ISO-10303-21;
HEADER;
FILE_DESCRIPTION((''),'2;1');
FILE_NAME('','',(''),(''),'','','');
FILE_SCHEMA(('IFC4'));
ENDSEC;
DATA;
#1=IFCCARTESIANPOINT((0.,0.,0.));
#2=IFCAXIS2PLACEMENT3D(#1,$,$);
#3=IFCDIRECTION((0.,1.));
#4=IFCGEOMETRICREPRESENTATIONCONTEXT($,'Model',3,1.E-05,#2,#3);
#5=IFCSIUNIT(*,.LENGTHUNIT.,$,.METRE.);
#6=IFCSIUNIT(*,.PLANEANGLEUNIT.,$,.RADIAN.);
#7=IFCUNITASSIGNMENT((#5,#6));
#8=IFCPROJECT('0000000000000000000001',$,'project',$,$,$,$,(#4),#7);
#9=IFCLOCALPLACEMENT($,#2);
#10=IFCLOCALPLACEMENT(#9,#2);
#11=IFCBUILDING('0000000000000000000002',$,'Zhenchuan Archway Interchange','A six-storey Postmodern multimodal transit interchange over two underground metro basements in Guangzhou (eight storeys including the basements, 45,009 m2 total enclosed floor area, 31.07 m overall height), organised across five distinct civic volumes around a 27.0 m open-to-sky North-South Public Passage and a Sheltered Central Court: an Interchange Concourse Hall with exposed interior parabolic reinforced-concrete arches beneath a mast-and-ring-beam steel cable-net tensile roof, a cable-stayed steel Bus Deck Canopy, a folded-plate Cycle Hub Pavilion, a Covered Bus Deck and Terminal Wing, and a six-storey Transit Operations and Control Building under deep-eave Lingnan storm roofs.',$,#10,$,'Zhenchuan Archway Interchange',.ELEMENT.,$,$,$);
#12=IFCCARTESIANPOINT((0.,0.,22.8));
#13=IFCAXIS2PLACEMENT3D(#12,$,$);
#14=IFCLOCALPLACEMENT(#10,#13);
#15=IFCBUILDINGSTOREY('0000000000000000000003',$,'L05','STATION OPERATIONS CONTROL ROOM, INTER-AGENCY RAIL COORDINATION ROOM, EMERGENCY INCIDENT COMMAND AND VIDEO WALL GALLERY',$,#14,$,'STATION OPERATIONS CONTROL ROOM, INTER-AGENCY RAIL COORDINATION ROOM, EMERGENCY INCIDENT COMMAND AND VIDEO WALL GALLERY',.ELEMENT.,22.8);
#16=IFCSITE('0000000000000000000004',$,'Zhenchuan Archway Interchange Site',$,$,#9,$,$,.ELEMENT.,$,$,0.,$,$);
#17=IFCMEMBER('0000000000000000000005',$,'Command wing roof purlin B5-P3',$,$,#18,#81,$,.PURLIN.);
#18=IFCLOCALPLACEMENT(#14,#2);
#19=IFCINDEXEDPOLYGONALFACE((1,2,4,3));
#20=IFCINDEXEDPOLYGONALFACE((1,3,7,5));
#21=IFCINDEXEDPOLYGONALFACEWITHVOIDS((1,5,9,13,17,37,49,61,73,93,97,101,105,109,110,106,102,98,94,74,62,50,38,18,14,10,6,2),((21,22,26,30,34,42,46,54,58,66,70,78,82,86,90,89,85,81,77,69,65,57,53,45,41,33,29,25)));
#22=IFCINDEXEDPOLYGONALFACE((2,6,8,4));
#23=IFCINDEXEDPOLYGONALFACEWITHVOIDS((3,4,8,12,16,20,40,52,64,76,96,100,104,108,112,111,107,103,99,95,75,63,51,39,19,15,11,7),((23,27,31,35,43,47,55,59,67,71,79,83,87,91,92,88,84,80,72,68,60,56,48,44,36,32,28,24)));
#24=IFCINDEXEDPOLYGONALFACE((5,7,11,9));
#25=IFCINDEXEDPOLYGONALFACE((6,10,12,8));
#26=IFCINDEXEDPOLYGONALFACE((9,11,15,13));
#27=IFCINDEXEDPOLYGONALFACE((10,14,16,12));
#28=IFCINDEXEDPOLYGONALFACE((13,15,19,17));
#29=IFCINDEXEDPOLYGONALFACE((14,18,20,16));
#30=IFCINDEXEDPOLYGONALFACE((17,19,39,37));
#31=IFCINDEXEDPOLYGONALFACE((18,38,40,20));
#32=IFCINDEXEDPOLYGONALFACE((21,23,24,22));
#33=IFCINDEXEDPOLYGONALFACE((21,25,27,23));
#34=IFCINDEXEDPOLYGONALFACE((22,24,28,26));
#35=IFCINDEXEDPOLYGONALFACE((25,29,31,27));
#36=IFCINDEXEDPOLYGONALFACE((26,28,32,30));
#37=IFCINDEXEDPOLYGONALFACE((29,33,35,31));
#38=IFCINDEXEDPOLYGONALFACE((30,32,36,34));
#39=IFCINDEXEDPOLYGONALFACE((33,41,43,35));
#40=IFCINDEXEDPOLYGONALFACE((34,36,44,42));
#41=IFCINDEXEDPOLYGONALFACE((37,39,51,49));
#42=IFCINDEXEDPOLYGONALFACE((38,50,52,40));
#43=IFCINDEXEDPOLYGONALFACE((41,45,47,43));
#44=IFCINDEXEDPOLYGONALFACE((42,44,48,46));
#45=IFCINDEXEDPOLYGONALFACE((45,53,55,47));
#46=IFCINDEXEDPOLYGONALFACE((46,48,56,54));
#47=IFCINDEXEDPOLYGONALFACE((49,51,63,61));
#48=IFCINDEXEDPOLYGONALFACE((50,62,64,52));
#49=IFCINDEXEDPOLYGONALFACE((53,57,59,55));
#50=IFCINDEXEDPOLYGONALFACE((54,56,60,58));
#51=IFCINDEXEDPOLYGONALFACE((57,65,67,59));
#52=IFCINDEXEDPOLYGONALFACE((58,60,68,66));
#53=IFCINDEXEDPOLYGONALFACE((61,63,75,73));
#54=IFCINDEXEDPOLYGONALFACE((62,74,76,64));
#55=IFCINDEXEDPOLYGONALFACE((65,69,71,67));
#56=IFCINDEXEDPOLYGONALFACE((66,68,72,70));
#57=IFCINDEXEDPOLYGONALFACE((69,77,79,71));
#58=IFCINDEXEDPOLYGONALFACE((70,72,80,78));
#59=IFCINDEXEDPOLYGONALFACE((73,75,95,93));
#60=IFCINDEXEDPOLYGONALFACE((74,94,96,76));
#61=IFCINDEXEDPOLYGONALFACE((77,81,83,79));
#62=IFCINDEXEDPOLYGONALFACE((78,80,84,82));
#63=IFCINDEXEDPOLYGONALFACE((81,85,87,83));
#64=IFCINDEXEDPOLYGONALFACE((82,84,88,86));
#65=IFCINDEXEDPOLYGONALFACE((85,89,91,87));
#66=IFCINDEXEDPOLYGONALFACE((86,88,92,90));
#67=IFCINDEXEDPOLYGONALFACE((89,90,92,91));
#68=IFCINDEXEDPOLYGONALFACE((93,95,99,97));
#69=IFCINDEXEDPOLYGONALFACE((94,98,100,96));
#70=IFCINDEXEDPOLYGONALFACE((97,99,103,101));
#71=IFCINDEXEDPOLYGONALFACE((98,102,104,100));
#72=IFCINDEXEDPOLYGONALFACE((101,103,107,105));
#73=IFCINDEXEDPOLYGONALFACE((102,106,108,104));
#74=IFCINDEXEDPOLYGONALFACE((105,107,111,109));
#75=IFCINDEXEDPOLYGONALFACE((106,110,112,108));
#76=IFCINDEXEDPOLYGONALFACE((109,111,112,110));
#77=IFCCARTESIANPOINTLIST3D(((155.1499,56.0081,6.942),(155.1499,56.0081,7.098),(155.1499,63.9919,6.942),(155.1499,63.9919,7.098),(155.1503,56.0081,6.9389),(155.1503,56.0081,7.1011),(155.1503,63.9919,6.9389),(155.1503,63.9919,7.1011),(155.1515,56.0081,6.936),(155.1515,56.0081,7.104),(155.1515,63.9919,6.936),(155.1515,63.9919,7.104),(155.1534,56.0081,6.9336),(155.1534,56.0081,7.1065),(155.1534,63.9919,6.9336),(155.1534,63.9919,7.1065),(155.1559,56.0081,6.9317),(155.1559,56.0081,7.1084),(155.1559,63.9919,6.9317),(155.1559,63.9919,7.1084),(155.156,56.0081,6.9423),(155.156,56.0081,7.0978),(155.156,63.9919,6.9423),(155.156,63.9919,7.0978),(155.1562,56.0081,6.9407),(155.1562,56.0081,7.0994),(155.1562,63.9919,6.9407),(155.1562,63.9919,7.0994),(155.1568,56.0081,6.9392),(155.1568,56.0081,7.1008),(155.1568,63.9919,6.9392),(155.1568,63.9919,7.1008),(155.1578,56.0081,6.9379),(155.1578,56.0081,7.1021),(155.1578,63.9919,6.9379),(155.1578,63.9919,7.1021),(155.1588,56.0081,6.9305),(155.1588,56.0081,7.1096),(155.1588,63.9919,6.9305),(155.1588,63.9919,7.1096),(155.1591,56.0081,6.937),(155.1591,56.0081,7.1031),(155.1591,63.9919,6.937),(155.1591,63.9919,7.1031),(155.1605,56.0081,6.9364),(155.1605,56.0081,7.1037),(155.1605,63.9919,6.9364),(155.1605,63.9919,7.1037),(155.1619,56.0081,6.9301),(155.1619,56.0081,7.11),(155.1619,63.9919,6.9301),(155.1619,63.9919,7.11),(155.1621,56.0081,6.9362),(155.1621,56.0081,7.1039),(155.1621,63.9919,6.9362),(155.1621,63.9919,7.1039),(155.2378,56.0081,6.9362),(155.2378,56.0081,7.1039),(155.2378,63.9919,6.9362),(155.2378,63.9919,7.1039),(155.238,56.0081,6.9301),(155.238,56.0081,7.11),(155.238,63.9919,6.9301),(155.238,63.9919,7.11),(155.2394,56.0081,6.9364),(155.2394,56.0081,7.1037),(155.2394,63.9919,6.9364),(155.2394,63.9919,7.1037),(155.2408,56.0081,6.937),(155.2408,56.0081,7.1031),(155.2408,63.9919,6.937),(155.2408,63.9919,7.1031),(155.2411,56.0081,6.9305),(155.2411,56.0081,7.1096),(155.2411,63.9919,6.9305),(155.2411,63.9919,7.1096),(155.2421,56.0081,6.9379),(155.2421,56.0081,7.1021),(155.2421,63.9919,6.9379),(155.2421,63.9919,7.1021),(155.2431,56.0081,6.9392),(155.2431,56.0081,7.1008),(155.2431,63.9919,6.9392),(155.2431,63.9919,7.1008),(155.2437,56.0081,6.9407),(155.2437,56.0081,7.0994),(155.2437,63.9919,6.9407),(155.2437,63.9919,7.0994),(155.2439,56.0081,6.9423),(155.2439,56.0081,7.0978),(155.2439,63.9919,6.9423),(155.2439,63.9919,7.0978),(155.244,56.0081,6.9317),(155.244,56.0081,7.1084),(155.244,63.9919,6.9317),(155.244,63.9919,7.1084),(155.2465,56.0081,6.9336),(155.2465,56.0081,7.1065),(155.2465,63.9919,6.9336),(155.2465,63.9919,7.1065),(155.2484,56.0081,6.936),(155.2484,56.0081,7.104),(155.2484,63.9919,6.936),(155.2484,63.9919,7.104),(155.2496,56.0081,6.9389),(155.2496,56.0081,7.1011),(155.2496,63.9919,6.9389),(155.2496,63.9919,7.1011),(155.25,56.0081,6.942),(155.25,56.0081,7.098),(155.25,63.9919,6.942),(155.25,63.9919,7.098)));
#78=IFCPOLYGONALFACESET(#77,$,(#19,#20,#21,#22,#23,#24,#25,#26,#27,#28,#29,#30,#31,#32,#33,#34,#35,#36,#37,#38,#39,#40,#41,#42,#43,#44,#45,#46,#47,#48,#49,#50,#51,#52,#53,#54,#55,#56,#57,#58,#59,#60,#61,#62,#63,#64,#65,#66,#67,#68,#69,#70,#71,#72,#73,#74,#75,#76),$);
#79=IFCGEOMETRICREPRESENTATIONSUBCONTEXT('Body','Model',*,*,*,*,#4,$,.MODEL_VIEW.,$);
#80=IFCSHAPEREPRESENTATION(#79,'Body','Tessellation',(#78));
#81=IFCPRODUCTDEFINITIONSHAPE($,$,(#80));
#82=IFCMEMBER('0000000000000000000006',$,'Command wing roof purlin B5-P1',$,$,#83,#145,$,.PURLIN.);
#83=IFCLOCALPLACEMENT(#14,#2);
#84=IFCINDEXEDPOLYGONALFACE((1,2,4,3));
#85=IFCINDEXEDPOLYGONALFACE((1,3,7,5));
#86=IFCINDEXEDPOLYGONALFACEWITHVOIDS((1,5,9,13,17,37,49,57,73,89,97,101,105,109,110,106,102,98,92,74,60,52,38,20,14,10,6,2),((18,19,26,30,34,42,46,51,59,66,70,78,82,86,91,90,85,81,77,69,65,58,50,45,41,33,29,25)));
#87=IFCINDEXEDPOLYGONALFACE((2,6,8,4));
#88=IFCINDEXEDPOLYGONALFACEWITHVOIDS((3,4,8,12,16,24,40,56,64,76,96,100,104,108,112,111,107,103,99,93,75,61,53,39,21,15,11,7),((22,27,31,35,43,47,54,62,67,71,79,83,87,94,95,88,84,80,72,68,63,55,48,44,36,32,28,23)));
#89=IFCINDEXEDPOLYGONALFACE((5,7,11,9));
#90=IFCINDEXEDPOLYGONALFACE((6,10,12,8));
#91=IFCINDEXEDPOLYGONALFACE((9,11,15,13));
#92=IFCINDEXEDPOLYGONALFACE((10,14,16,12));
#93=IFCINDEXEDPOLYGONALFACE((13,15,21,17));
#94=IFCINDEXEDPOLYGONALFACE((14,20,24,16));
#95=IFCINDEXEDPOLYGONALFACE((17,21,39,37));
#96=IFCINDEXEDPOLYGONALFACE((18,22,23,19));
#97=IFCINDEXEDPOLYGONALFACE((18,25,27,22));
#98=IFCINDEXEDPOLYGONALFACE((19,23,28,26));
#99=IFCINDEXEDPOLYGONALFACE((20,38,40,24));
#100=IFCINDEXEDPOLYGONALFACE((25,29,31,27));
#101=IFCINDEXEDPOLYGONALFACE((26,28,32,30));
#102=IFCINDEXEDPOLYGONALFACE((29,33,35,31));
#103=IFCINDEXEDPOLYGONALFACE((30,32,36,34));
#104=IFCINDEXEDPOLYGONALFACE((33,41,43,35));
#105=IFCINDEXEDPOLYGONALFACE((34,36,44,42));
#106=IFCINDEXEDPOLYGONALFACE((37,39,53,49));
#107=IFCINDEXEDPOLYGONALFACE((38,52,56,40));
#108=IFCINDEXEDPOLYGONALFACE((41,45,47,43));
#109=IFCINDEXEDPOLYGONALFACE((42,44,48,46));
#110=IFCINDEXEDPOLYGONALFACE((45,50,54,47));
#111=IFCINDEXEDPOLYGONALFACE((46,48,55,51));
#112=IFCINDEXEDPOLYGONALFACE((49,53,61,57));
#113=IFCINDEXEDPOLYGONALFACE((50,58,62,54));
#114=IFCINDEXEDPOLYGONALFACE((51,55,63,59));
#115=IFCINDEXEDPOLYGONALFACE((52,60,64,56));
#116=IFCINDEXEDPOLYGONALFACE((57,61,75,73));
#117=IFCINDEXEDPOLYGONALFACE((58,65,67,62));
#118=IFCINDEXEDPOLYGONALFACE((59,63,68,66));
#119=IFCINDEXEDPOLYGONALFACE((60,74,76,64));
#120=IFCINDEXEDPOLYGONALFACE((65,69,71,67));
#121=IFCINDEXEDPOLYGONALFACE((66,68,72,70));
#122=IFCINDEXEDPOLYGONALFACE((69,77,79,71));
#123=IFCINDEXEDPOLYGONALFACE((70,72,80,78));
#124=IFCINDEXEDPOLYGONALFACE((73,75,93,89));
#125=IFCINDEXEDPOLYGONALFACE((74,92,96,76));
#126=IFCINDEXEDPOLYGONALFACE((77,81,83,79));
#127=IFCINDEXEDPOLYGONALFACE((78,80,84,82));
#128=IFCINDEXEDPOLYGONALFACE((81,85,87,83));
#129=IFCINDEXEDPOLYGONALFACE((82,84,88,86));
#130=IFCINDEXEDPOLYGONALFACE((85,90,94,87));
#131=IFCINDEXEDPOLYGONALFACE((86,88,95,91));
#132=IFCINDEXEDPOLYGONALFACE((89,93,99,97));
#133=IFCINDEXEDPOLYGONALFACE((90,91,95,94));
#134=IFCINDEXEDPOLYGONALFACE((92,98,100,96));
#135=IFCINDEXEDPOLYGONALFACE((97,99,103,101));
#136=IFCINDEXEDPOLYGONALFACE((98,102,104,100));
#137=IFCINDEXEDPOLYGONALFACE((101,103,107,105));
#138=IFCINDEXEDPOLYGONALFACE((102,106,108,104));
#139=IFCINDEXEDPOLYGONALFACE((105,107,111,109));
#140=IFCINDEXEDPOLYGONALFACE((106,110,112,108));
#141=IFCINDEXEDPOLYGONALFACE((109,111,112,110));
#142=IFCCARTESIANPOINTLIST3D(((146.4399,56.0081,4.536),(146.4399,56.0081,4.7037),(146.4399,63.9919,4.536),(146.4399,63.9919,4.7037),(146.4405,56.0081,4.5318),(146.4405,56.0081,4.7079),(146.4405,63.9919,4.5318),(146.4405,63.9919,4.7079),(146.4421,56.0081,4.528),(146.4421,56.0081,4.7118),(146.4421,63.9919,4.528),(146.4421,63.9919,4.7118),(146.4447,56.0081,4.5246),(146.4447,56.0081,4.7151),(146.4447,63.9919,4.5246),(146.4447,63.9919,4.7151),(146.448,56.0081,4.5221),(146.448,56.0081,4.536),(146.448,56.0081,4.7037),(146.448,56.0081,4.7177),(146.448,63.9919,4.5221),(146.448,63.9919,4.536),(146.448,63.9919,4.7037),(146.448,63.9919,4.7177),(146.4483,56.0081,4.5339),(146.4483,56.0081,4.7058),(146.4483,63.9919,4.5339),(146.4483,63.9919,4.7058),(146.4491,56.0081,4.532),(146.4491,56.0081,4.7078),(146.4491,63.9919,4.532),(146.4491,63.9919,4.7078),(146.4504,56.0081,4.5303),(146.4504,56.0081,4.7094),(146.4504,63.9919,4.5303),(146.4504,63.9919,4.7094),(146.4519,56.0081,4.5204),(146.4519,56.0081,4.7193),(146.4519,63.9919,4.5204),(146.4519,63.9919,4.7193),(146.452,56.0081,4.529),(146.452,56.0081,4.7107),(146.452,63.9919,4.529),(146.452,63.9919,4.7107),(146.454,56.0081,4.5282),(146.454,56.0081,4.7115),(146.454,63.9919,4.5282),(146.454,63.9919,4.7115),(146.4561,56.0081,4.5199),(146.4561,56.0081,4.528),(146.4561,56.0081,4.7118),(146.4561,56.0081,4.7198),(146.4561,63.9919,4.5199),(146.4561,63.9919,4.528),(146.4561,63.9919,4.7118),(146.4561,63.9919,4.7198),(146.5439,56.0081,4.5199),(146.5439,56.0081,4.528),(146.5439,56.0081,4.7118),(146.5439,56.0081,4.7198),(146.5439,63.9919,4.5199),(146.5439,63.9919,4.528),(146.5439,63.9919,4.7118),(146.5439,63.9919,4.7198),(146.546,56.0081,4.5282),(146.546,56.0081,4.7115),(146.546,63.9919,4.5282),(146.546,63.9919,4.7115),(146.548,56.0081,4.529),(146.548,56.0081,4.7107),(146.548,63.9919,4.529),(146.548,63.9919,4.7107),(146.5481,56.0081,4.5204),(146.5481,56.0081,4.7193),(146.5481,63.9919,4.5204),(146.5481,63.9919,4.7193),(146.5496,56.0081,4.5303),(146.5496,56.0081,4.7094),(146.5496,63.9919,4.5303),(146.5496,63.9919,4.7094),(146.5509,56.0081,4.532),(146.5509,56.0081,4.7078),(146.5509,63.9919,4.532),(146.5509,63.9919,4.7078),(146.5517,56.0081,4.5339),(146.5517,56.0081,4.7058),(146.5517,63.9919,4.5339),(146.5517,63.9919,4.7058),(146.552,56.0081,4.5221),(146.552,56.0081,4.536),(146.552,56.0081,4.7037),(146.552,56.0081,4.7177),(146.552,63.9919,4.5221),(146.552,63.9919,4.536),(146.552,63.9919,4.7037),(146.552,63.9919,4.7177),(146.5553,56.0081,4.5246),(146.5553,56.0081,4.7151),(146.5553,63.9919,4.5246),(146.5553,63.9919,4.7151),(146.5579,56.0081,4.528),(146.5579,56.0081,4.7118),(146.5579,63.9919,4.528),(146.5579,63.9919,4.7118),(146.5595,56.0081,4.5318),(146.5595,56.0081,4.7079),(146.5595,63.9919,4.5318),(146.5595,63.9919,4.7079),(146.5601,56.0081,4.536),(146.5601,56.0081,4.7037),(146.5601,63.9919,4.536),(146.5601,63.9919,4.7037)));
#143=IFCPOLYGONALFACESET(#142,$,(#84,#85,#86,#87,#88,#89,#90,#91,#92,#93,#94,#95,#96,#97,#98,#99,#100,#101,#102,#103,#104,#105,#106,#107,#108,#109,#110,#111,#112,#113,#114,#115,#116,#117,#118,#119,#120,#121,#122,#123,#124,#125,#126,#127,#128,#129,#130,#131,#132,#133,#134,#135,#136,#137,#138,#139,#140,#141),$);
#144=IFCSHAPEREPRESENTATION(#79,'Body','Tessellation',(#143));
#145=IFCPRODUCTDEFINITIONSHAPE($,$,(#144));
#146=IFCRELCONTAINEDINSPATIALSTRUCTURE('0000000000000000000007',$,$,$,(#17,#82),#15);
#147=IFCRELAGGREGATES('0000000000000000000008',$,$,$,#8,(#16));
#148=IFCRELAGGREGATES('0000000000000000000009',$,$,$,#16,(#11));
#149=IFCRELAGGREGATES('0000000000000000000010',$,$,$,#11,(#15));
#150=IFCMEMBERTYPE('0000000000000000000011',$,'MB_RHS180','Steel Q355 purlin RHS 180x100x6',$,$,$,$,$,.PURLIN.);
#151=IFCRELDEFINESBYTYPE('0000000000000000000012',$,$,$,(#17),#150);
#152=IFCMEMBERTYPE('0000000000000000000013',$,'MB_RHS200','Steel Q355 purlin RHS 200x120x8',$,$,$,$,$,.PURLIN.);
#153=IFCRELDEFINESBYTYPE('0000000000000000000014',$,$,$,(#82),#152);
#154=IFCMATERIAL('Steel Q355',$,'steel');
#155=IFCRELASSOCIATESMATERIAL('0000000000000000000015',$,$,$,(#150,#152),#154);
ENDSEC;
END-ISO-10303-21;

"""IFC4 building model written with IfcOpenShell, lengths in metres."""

from ifc_helpers import new_model, si_unit, direction, frame, origin, origin_2d, place, context, subcontext, project, spatial, hollow_rectangle, extrude, material, material_profile, profile_set, type_object, element, save


model = new_model("IFC4")

# Units and contexts
model_context = context("Model", 3, precision=1e-05, world=origin(), true_north=direction((0.0, 1.0)))
body_context = subcontext(model_context, "Body", "Model", "MODEL_VIEW")
ifc_project = project(units=[si_unit("LENGTHUNIT", "METRE"), si_unit("PLANEANGLEUNIT", "RADIAN")], contexts=[model_context])

# Site, building, storey
site_placement = place(None, origin())
site = spatial("IfcSite", under=ifc_project, at=site_placement, Name="Zhenchuan Archway Interchange Site", CompositionType="ELEMENT", RefElevation=0.0)
building_placement = place(site_placement, origin())
building = spatial("IfcBuilding", under=site, at=building_placement, Name="Zhenchuan Archway Interchange", Description="A six-storey Postmodern multimodal transit interchange over two underground metro basements in Guangzhou (eight storeys including the basements, 45,009 m2 total enclosed floor area, 31.07 m overall height), organised across five distinct civic volumes around a 27.0 m open-to-sky North-South Public Passage and a Sheltered Central Court: an Interchange Concourse Hall with exposed interior parabolic reinforced-concrete arches beneath a mast-and-ring-beam steel cable-net tensile roof, a cable-stayed steel Bus Deck Canopy, a folded-plate Cycle Hub Pavilion, a Covered Bus Deck and Terminal Wing, and a six-storey Transit Operations and Control Building under deep-eave Lingnan storm roofs.", LongName="Zhenchuan Archway Interchange", CompositionType="ELEMENT")
storey_placement = place(building_placement, frame((0.0, 0.0, 22.8)))
storey = spatial("IfcBuildingStorey", under=building, at=storey_placement, Name="L05", Description="STATION OPERATIONS CONTROL ROOM, INTER-AGENCY RAIL COORDINATION ROOM, EMERGENCY INCIDENT COMMAND AND VIDEO WALL GALLERY", LongName="STATION OPERATIONS CONTROL ROOM, INTER-AGENCY RAIL COORDINATION ROOM, EMERGENCY INCIDENT COMMAND AND VIDEO WALL GALLERY", CompositionType="ELEMENT", Elevation=22.8)

# Shared definitions
ifc_material_1 = material(Name="Steel Q355", Category="steel")

# Members
ifc_material_profile_1 = material_profile(ifc_material_1, hollow_rectangle(XDim=0.1001, YDim=0.1799, WallThickness=0.0061, InnerFilletRadius=0.0061, OuterFilletRadius=0.012, at=origin_2d()), Name="RHS 180x100x6")
ifc_profile_set_1 = profile_set([ifc_material_profile_1], Name="Steel Q355")
member_type_1 = type_object("IfcMemberType", Name="MB_RHS180", Description="Steel Q355 purlin RHS 180x100x6", PredefinedType="PURLIN", material=ifc_profile_set_1)
member_1_placement = place(storey_placement, frame((155.2, 56.0081, 7.02), z_axis=(0.0, 1.0, 0.0), x_axis=(-1.0, 0.0, 0.0)))
element("IfcMember", 1, at=member_1_placement, inside=storey, type_object=member_type_1, Name="Command wing roof purlin B5-P3", PredefinedType="PURLIN", context=body_context, shape_type="SweptSolid", body=[
    extrude(hollow_rectangle(XDim=0.1001, YDim=0.1799, WallThickness=0.0061, InnerFilletRadius=0.0061, OuterFilletRadius=0.012, at=origin_2d()), origin(), (0.0, 0.0, 1.0), 7.9839),
])
ifc_material_profile_2 = material_profile(ifc_material_1, hollow_rectangle(XDim=0.1201, YDim=0.2, WallThickness=0.0081, InnerFilletRadius=0.0081, OuterFilletRadius=0.0161, at=origin_2d()), Name="RHS 200x120x8")
ifc_profile_set_2 = profile_set([ifc_material_profile_2], Name="Steel Q355")
member_type_2 = type_object("IfcMemberType", Name="MB_RHS200", Description="Steel Q355 purlin RHS 200x120x8", PredefinedType="PURLIN", material=ifc_profile_set_2)
member_2_placement = place(storey_placement, frame((146.5, 56.0081, 4.6199), z_axis=(0.0, 1.0, 0.0), x_axis=(-1.0, 0.0, 0.0)))
element("IfcMember", 2, at=member_2_placement, inside=storey, type_object=member_type_2, Name="Command wing roof purlin B5-P1", PredefinedType="PURLIN", context=body_context, shape_type="SweptSolid", body=[
    extrude(hollow_rectangle(XDim=0.1201, YDim=0.2, WallThickness=0.0081, InnerFilletRadius=0.0081, OuterFilletRadius=0.0161, at=origin_2d()), origin(), (0.0, 0.0, 1.0), 7.9839),
])

save(model, "model.ifc")
